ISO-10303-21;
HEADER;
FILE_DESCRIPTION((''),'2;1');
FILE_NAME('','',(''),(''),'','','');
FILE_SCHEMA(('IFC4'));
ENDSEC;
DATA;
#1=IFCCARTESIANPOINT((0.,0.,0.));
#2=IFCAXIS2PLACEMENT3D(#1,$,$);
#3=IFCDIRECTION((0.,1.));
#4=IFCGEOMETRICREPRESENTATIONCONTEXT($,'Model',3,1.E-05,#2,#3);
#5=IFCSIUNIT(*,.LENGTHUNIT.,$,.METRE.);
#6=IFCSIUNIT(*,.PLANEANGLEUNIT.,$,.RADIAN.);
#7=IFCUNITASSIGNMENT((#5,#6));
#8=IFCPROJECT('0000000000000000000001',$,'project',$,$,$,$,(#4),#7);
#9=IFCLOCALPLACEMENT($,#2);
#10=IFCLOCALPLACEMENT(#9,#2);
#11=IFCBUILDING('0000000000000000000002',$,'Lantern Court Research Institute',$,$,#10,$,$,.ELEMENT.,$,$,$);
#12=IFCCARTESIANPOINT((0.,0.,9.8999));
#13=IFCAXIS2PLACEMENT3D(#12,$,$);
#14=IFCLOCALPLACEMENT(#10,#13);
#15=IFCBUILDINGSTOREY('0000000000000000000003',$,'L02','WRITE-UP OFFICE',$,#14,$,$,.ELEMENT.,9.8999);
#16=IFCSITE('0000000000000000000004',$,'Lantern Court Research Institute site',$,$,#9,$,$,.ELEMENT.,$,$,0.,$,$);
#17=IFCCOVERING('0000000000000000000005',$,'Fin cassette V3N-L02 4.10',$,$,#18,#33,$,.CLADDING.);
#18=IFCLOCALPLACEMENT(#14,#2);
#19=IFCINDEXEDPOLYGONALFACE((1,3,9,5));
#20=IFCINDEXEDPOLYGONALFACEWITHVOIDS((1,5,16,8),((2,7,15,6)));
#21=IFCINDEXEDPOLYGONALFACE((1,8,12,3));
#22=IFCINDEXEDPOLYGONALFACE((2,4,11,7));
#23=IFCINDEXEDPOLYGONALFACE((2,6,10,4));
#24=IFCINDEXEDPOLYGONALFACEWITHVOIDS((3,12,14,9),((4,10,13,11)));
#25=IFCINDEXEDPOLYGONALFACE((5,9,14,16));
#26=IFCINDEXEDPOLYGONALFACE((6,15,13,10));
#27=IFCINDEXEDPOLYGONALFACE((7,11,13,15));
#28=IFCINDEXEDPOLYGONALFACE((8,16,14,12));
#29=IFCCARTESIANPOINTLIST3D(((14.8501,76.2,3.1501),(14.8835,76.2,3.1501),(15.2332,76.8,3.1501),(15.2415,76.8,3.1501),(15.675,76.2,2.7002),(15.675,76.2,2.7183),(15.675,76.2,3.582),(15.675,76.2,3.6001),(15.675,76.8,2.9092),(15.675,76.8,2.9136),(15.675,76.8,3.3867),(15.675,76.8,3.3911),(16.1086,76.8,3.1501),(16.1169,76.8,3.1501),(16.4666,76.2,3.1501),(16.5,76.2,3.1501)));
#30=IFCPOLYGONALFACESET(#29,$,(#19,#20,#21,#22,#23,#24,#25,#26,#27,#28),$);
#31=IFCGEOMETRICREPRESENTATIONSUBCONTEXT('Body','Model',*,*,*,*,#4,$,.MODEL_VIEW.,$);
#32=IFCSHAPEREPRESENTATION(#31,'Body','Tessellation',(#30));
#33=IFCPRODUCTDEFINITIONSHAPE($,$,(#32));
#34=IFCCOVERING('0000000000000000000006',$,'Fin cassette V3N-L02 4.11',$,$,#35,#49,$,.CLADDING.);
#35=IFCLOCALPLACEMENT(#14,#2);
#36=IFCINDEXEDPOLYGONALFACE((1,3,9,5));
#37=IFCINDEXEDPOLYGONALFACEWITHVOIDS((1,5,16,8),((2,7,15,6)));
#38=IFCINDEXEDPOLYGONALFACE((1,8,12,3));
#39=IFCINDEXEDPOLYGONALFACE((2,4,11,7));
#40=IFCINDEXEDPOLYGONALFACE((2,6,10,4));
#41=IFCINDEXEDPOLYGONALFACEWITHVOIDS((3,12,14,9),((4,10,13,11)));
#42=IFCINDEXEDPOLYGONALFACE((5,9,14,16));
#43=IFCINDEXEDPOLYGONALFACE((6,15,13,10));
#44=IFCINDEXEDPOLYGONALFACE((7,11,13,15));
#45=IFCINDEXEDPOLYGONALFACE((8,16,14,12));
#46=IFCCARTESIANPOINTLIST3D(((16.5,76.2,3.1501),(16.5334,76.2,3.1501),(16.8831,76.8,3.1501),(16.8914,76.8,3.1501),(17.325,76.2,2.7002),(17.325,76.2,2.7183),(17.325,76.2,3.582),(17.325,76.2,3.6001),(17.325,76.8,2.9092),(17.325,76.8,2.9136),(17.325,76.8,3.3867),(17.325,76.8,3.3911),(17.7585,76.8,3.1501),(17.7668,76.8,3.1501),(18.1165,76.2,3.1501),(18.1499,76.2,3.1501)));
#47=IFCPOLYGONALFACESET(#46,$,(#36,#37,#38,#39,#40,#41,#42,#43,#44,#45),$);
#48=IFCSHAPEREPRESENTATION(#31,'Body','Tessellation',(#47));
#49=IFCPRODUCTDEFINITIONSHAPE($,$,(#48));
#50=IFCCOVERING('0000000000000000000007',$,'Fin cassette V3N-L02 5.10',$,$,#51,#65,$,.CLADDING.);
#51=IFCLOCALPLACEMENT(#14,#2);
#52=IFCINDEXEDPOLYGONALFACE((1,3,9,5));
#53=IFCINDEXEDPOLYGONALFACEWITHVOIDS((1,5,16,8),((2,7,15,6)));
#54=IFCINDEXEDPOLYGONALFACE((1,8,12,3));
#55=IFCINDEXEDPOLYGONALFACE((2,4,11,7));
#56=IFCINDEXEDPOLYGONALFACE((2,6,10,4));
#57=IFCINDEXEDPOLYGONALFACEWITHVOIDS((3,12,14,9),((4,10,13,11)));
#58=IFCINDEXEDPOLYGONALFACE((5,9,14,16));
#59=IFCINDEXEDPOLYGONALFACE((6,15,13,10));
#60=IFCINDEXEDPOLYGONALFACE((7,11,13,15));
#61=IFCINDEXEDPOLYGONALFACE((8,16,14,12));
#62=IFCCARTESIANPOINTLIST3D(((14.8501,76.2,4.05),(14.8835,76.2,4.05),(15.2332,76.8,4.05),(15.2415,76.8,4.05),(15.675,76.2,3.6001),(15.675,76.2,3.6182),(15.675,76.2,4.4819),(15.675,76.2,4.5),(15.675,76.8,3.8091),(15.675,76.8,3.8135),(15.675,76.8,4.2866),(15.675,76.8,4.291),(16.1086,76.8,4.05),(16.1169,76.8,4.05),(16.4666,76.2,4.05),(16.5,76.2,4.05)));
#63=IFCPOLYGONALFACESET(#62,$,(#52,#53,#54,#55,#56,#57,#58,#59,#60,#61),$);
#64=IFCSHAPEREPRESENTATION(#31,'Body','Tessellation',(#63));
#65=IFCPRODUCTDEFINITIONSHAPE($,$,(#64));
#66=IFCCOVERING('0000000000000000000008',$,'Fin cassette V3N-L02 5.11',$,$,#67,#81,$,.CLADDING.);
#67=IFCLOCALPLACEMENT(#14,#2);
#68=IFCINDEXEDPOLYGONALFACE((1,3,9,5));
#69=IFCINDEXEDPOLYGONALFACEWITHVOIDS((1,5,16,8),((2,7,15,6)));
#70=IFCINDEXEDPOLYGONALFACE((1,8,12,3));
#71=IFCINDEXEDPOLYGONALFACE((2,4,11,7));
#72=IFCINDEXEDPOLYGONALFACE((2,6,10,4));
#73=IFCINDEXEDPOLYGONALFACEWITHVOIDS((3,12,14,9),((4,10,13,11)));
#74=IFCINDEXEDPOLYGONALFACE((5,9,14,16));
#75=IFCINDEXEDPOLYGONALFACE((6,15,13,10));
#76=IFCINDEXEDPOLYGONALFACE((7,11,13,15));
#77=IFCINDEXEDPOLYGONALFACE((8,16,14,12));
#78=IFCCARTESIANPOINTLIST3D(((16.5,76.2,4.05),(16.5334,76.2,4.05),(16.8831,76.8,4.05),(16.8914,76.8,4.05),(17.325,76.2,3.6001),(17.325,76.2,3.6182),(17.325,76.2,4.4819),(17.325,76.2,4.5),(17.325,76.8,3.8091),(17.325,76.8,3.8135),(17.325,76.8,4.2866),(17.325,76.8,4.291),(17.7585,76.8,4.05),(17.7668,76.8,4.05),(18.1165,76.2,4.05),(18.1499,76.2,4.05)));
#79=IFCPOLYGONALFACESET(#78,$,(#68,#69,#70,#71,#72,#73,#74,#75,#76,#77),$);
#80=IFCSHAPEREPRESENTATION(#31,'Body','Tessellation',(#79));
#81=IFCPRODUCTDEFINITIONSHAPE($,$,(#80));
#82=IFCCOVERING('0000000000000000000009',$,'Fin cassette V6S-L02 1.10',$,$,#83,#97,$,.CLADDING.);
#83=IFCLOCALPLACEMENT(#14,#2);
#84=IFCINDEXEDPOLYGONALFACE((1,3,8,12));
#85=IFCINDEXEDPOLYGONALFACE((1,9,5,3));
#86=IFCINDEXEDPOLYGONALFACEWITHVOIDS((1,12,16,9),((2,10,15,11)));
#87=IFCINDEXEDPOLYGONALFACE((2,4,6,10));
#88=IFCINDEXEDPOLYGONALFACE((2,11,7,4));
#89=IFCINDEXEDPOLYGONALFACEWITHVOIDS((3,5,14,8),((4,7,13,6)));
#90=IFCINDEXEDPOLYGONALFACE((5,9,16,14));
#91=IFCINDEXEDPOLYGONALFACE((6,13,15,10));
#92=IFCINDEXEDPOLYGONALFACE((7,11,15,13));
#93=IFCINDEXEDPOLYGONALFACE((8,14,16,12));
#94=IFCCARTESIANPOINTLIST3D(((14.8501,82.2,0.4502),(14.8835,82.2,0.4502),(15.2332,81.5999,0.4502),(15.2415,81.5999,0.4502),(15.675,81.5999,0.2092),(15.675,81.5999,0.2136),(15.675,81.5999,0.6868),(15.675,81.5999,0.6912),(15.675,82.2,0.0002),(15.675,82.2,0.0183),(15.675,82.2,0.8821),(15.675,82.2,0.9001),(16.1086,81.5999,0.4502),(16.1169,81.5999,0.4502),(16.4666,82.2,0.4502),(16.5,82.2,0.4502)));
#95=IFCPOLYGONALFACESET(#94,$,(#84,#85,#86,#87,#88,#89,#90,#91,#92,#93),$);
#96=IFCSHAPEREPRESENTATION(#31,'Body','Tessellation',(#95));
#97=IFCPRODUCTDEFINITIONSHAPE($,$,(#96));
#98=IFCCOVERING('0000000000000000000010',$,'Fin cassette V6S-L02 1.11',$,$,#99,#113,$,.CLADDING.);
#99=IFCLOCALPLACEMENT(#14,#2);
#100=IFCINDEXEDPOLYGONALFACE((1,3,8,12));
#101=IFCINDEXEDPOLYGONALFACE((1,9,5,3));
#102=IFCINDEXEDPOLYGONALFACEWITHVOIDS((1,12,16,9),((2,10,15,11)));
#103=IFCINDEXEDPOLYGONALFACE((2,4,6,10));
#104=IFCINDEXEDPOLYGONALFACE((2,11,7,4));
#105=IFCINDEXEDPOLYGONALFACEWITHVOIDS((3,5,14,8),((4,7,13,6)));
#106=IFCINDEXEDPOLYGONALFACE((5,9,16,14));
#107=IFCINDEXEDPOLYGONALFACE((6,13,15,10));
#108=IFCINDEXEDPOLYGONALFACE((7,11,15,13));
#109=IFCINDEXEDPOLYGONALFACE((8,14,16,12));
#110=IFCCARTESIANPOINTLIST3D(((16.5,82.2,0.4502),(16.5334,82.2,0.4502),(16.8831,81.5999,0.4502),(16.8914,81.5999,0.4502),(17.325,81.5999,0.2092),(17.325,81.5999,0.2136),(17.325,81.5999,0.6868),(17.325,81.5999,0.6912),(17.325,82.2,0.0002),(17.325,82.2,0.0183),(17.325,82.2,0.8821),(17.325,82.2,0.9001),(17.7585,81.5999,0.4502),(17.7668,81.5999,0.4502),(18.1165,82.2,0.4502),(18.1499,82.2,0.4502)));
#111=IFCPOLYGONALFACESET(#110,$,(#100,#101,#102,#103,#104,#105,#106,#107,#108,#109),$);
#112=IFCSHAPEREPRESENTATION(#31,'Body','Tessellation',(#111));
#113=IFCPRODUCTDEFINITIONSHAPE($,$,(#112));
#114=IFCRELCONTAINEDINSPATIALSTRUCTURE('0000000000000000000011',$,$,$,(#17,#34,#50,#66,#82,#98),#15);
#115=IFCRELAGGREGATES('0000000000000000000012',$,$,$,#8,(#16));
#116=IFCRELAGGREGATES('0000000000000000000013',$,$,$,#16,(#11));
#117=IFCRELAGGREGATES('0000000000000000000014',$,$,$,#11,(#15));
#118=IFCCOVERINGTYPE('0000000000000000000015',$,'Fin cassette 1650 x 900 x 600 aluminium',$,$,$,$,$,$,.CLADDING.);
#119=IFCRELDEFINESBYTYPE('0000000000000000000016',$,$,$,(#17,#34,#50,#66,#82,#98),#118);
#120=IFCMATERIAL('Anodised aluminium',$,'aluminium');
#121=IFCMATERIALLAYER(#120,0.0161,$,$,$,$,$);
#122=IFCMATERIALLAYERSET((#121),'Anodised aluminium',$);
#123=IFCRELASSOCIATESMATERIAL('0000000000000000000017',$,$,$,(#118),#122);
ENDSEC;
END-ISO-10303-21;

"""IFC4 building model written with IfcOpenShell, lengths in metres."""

from ifc_helpers import new_model, entity, si_unit, direction, frame, origin, place, context, subcontext, project, spatial, material, layer, layer_set, type_object, element, save


model = new_model("IFC4")

# Units and contexts
model_context = context("Model", 3, precision=1e-05, world=origin(), true_north=direction((0.0, 1.0)))
body_context = subcontext(model_context, "Body", "Model", "MODEL_VIEW")
ifc_project = project(units=[si_unit("LENGTHUNIT", "METRE"), si_unit("PLANEANGLEUNIT", "RADIAN")], contexts=[model_context])

# Site, building, storey
site_placement = place(None, origin())
site = spatial("IfcSite", under=ifc_project, at=site_placement, Name="Lantern Court Research Institute site", CompositionType="ELEMENT", RefElevation=0.0)
building_placement = place(site_placement, origin())
building = spatial("IfcBuilding", under=site, at=building_placement, Name="Lantern Court Research Institute", CompositionType="ELEMENT")
storey_placement = place(building_placement, frame((0.0, 0.0, 9.8999)))
storey = spatial("IfcBuildingStorey", under=building, at=storey_placement, Name="L02", Description="WRITE-UP OFFICE", CompositionType="ELEMENT", Elevation=9.8999)

# Coverings
ifc_material_1 = material(Name="Anodised aluminium", Category="aluminium")
ifc_layer_1 = layer(ifc_material_1, 0.0161)
ifc_layer_set_1 = layer_set([ifc_layer_1], Name="Anodised aluminium")
covering_type = type_object("IfcCoveringType", Name="Fin cassette 1650 x 900 x 600 aluminium", PredefinedType="CLADDING", material=ifc_layer_set_1)
covering_1_placement = place(storey_placement, frame((15.675, 76.2, 3.1501), z_axis=(0.0, 1.0, 0.0), x_axis=(-1.0, 0.0, 0.0)))
cartesian_point_1 = entity("IfcCartesianPoint", [0.825, 0.0])
cartesian_point_2 = entity("IfcCartesianPoint", [0.7915, 0.0])
cartesian_point_3 = entity("IfcCartesianPoint", [0.4419, 0.0])
cartesian_point_4 = entity("IfcCartesianPoint", [0.4336, 0.0])
element("IfcCovering", 1, at=covering_1_placement, inside=storey, type_object=covering_type, Name="Fin cassette V3N-L02 4.10", PredefinedType="CLADDING", context=body_context, shape_type="SweptSolid", body=[
    entity("IfcExtrudedAreaSolidTapered", entity("IfcArbitraryProfileDefWithVoids", "AREA", None, entity("IfcPolyline", [cartesian_point_1, entity("IfcCartesianPoint", [0.0, 0.45]), entity("IfcCartesianPoint", [-0.825, 0.0]), entity("IfcCartesianPoint", [0.0, -0.45]), cartesian_point_1]), [entity("IfcPolyline", [cartesian_point_2, entity("IfcCartesianPoint", [0.0, 0.4319]), entity("IfcCartesianPoint", [-0.7915, 0.0]), entity("IfcCartesianPoint", [0.0, -0.4319]), cartesian_point_2])]), entity("IfcAxis2Placement3D", entity("IfcCartesianPoint", [0.0, 0.0, 0.0])), entity("IfcDirection", [0.0, 0.0, 1.0]), 0.6001, entity("IfcArbitraryProfileDefWithVoids", "AREA", None, entity("IfcPolyline", [cartesian_point_3, entity("IfcCartesianPoint", [0.0, 0.241]), entity("IfcCartesianPoint", [-0.4419, 0.0]), entity("IfcCartesianPoint", [0.0, -0.241]), cartesian_point_3]), [entity("IfcPolyline", [cartesian_point_4, entity("IfcCartesianPoint", [0.0, 0.2366]), entity("IfcCartesianPoint", [-0.4336, 0.0]), entity("IfcCartesianPoint", [0.0, -0.2366]), cartesian_point_4])])),
])
covering_2_placement = place(storey_placement, frame((17.325, 76.2, 3.1501), z_axis=(0.0, 1.0, 0.0), x_axis=(-1.0, 0.0, 0.0)))
cartesian_point_5 = entity("IfcCartesianPoint", [0.825, 0.0])
cartesian_point_6 = entity("IfcCartesianPoint", [0.7915, 0.0])
cartesian_point_7 = entity("IfcCartesianPoint", [0.4419, 0.0])
cartesian_point_8 = entity("IfcCartesianPoint", [0.4336, 0.0])
element("IfcCovering", 2, at=covering_2_placement, inside=storey, type_object=covering_type, Name="Fin cassette V3N-L02 4.11", PredefinedType="CLADDING", context=body_context, shape_type="SweptSolid", body=[
    entity("IfcExtrudedAreaSolidTapered", entity("IfcArbitraryProfileDefWithVoids", "AREA", None, entity("IfcPolyline", [cartesian_point_5, entity("IfcCartesianPoint", [0.0, 0.45]), entity("IfcCartesianPoint", [-0.825, 0.0]), entity("IfcCartesianPoint", [0.0, -0.45]), cartesian_point_5]), [entity("IfcPolyline", [cartesian_point_6, entity("IfcCartesianPoint", [0.0, 0.4319]), entity("IfcCartesianPoint", [-0.7915, 0.0]), entity("IfcCartesianPoint", [0.0, -0.4319]), cartesian_point_6])]), entity("IfcAxis2Placement3D", entity("IfcCartesianPoint", [0.0, 0.0, 0.0])), entity("IfcDirection", [0.0, 0.0, 1.0]), 0.6001, entity("IfcArbitraryProfileDefWithVoids", "AREA", None, entity("IfcPolyline", [cartesian_point_7, entity("IfcCartesianPoint", [0.0, 0.241]), entity("IfcCartesianPoint", [-0.4419, 0.0]), entity("IfcCartesianPoint", [0.0, -0.241]), cartesian_point_7]), [entity("IfcPolyline", [cartesian_point_8, entity("IfcCartesianPoint", [0.0, 0.2366]), entity("IfcCartesianPoint", [-0.4336, 0.0]), entity("IfcCartesianPoint", [0.0, -0.2366]), cartesian_point_8])])),
])
covering_3_placement = place(storey_placement, frame((15.675, 76.2, 4.05), z_axis=(0.0, 1.0, 0.0), x_axis=(-1.0, 0.0, 0.0)))
cartesian_point_9 = entity("IfcCartesianPoint", [0.825, 0.0])
cartesian_point_10 = entity("IfcCartesianPoint", [0.7915, 0.0])
cartesian_point_11 = entity("IfcCartesianPoint", [0.4419, 0.0])
cartesian_point_12 = entity("IfcCartesianPoint", [0.4336, 0.0])
element("IfcCovering", 3, at=covering_3_placement, inside=storey, type_object=covering_type, Name="Fin cassette V3N-L02 5.10", PredefinedType="CLADDING", context=body_context, shape_type="SweptSolid", body=[
    entity("IfcExtrudedAreaSolidTapered", entity("IfcArbitraryProfileDefWithVoids", "AREA", None, entity("IfcPolyline", [cartesian_point_9, entity("IfcCartesianPoint", [0.0, 0.45]), entity("IfcCartesianPoint", [-0.825, 0.0]), entity("IfcCartesianPoint", [0.0, -0.45]), cartesian_point_9]), [entity("IfcPolyline", [cartesian_point_10, entity("IfcCartesianPoint", [0.0, 0.4319]), entity("IfcCartesianPoint", [-0.7915, 0.0]), entity("IfcCartesianPoint", [0.0, -0.4319]), cartesian_point_10])]), entity("IfcAxis2Placement3D", entity("IfcCartesianPoint", [0.0, 0.0, 0.0])), entity("IfcDirection", [0.0, 0.0, 1.0]), 0.6001, entity("IfcArbitraryProfileDefWithVoids", "AREA", None, entity("IfcPolyline", [cartesian_point_11, entity("IfcCartesianPoint", [0.0, 0.241]), entity("IfcCartesianPoint", [-0.4419, 0.0]), entity("IfcCartesianPoint", [0.0, -0.241]), cartesian_point_11]), [entity("IfcPolyline", [cartesian_point_12, entity("IfcCartesianPoint", [0.0, 0.2366]), entity("IfcCartesianPoint", [-0.4336, 0.0]), entity("IfcCartesianPoint", [0.0, -0.2366]), cartesian_point_12])])),
])
covering_4_placement = place(storey_placement, frame((17.325, 76.2, 4.05), z_axis=(0.0, 1.0, 0.0), x_axis=(-1.0, 0.0, 0.0)))
cartesian_point_13 = entity("IfcCartesianPoint", [0.825, 0.0])
cartesian_point_14 = entity("IfcCartesianPoint", [0.7915, 0.0])
cartesian_point_15 = entity("IfcCartesianPoint", [0.4419, 0.0])
cartesian_point_16 = entity("IfcCartesianPoint", [0.4336, 0.0])
element("IfcCovering", 4, at=covering_4_placement, inside=storey, type_object=covering_type, Name="Fin cassette V3N-L02 5.11", PredefinedType="CLADDING", context=body_context, shape_type="SweptSolid", body=[
    entity("IfcExtrudedAreaSolidTapered", entity("IfcArbitraryProfileDefWithVoids", "AREA", None, entity("IfcPolyline", [cartesian_point_13, entity("IfcCartesianPoint", [0.0, 0.45]), entity("IfcCartesianPoint", [-0.825, 0.0]), entity("IfcCartesianPoint", [0.0, -0.45]), cartesian_point_13]), [entity("IfcPolyline", [cartesian_point_14, entity("IfcCartesianPoint", [0.0, 0.4319]), entity("IfcCartesianPoint", [-0.7915, 0.0]), entity("IfcCartesianPoint", [0.0, -0.4319]), cartesian_point_14])]), entity("IfcAxis2Placement3D", entity("IfcCartesianPoint", [0.0, 0.0, 0.0])), entity("IfcDirection", [0.0, 0.0, 1.0]), 0.6001, entity("IfcArbitraryProfileDefWithVoids", "AREA", None, entity("IfcPolyline", [cartesian_point_15, entity("IfcCartesianPoint", [0.0, 0.241]), entity("IfcCartesianPoint", [-0.4419, 0.0]), entity("IfcCartesianPoint", [0.0, -0.241]), cartesian_point_15]), [entity("IfcPolyline", [cartesian_point_16, entity("IfcCartesianPoint", [0.0, 0.2366]), entity("IfcCartesianPoint", [-0.4336, 0.0]), entity("IfcCartesianPoint", [0.0, -0.2366]), cartesian_point_16])])),
])
covering_5_placement = place(storey_placement, frame((15.675, 82.2, 0.4502), z_axis=(0.0, -1.0, 0.0), x_axis=(1.0, 0.0, 0.0)))
cartesian_point_17 = entity("IfcCartesianPoint", [0.825, 0.0])
cartesian_point_18 = entity("IfcCartesianPoint", [0.7915, 0.0])
cartesian_point_19 = entity("IfcCartesianPoint", [0.4419, 0.0])
cartesian_point_20 = entity("IfcCartesianPoint", [0.4336, 0.0])
element("IfcCovering", 5, at=covering_5_placement, inside=storey, type_object=covering_type, Name="Fin cassette V6S-L02 1.10", PredefinedType="CLADDING", context=body_context, shape_type="SweptSolid", body=[
    entity("IfcExtrudedAreaSolidTapered", entity("IfcArbitraryProfileDefWithVoids", "AREA", None, entity("IfcPolyline", [cartesian_point_17, entity("IfcCartesianPoint", [0.0, 0.45]), entity("IfcCartesianPoint", [-0.825, 0.0]), entity("IfcCartesianPoint", [0.0, -0.45]), cartesian_point_17]), [entity("IfcPolyline", [cartesian_point_18, entity("IfcCartesianPoint", [0.0, 0.4319]), entity("IfcCartesianPoint", [-0.7915, 0.0]), entity("IfcCartesianPoint", [0.0, -0.4319]), cartesian_point_18])]), entity("IfcAxis2Placement3D", entity("IfcCartesianPoint", [0.0, 0.0, 0.0])), entity("IfcDirection", [0.0, 0.0, 1.0]), 0.6001, entity("IfcArbitraryProfileDefWithVoids", "AREA", None, entity("IfcPolyline", [cartesian_point_19, entity("IfcCartesianPoint", [0.0, 0.241]), entity("IfcCartesianPoint", [-0.4419, 0.0]), entity("IfcCartesianPoint", [0.0, -0.241]), cartesian_point_19]), [entity("IfcPolyline", [cartesian_point_20, entity("IfcCartesianPoint", [0.0, 0.2366]), entity("IfcCartesianPoint", [-0.4336, 0.0]), entity("IfcCartesianPoint", [0.0, -0.2366]), cartesian_point_20])])),
])
covering_6_placement = place(storey_placement, frame((17.325, 82.2, 0.4502), z_axis=(0.0, -1.0, 0.0), x_axis=(1.0, 0.0, 0.0)))
cartesian_point_21 = entity("IfcCartesianPoint", [0.825, 0.0])
cartesian_point_22 = entity("IfcCartesianPoint", [0.7915, 0.0])
cartesian_point_23 = entity("IfcCartesianPoint", [0.4419, 0.0])
cartesian_point_24 = entity("IfcCartesianPoint", [0.4336, 0.0])
element("IfcCovering", 6, at=covering_6_placement, inside=storey, type_object=covering_type, Name="Fin cassette V6S-L02 1.11", PredefinedType="CLADDING", context=body_context, shape_type="SweptSolid", body=[
    entity("IfcExtrudedAreaSolidTapered", entity("IfcArbitraryProfileDefWithVoids", "AREA", None, entity("IfcPolyline", [cartesian_point_21, entity("IfcCartesianPoint", [0.0, 0.45]), entity("IfcCartesianPoint", [-0.825, 0.0]), entity("IfcCartesianPoint", [0.0, -0.45]), cartesian_point_21]), [entity("IfcPolyline", [cartesian_point_22, entity("IfcCartesianPoint", [0.0, 0.4319]), entity("IfcCartesianPoint", [-0.7915, 0.0]), entity("IfcCartesianPoint", [0.0, -0.4319]), cartesian_point_22])]), entity("IfcAxis2Placement3D", entity("IfcCartesianPoint", [0.0, 0.0, 0.0])), entity("IfcDirection", [0.0, 0.0, 1.0]), 0.6001, entity("IfcArbitraryProfileDefWithVoids", "AREA", None, entity("IfcPolyline", [cartesian_point_23, entity("IfcCartesianPoint", [0.0, 0.241]), entity("IfcCartesianPoint", [-0.4419, 0.0]), entity("IfcCartesianPoint", [0.0, -0.241]), cartesian_point_23]), [entity("IfcPolyline", [cartesian_point_24, entity("IfcCartesianPoint", [0.0, 0.2366]), entity("IfcCartesianPoint", [-0.4336, 0.0]), entity("IfcCartesianPoint", [0.0, -0.2366]), cartesian_point_24])])),
])

save(model, "model.ifc")
